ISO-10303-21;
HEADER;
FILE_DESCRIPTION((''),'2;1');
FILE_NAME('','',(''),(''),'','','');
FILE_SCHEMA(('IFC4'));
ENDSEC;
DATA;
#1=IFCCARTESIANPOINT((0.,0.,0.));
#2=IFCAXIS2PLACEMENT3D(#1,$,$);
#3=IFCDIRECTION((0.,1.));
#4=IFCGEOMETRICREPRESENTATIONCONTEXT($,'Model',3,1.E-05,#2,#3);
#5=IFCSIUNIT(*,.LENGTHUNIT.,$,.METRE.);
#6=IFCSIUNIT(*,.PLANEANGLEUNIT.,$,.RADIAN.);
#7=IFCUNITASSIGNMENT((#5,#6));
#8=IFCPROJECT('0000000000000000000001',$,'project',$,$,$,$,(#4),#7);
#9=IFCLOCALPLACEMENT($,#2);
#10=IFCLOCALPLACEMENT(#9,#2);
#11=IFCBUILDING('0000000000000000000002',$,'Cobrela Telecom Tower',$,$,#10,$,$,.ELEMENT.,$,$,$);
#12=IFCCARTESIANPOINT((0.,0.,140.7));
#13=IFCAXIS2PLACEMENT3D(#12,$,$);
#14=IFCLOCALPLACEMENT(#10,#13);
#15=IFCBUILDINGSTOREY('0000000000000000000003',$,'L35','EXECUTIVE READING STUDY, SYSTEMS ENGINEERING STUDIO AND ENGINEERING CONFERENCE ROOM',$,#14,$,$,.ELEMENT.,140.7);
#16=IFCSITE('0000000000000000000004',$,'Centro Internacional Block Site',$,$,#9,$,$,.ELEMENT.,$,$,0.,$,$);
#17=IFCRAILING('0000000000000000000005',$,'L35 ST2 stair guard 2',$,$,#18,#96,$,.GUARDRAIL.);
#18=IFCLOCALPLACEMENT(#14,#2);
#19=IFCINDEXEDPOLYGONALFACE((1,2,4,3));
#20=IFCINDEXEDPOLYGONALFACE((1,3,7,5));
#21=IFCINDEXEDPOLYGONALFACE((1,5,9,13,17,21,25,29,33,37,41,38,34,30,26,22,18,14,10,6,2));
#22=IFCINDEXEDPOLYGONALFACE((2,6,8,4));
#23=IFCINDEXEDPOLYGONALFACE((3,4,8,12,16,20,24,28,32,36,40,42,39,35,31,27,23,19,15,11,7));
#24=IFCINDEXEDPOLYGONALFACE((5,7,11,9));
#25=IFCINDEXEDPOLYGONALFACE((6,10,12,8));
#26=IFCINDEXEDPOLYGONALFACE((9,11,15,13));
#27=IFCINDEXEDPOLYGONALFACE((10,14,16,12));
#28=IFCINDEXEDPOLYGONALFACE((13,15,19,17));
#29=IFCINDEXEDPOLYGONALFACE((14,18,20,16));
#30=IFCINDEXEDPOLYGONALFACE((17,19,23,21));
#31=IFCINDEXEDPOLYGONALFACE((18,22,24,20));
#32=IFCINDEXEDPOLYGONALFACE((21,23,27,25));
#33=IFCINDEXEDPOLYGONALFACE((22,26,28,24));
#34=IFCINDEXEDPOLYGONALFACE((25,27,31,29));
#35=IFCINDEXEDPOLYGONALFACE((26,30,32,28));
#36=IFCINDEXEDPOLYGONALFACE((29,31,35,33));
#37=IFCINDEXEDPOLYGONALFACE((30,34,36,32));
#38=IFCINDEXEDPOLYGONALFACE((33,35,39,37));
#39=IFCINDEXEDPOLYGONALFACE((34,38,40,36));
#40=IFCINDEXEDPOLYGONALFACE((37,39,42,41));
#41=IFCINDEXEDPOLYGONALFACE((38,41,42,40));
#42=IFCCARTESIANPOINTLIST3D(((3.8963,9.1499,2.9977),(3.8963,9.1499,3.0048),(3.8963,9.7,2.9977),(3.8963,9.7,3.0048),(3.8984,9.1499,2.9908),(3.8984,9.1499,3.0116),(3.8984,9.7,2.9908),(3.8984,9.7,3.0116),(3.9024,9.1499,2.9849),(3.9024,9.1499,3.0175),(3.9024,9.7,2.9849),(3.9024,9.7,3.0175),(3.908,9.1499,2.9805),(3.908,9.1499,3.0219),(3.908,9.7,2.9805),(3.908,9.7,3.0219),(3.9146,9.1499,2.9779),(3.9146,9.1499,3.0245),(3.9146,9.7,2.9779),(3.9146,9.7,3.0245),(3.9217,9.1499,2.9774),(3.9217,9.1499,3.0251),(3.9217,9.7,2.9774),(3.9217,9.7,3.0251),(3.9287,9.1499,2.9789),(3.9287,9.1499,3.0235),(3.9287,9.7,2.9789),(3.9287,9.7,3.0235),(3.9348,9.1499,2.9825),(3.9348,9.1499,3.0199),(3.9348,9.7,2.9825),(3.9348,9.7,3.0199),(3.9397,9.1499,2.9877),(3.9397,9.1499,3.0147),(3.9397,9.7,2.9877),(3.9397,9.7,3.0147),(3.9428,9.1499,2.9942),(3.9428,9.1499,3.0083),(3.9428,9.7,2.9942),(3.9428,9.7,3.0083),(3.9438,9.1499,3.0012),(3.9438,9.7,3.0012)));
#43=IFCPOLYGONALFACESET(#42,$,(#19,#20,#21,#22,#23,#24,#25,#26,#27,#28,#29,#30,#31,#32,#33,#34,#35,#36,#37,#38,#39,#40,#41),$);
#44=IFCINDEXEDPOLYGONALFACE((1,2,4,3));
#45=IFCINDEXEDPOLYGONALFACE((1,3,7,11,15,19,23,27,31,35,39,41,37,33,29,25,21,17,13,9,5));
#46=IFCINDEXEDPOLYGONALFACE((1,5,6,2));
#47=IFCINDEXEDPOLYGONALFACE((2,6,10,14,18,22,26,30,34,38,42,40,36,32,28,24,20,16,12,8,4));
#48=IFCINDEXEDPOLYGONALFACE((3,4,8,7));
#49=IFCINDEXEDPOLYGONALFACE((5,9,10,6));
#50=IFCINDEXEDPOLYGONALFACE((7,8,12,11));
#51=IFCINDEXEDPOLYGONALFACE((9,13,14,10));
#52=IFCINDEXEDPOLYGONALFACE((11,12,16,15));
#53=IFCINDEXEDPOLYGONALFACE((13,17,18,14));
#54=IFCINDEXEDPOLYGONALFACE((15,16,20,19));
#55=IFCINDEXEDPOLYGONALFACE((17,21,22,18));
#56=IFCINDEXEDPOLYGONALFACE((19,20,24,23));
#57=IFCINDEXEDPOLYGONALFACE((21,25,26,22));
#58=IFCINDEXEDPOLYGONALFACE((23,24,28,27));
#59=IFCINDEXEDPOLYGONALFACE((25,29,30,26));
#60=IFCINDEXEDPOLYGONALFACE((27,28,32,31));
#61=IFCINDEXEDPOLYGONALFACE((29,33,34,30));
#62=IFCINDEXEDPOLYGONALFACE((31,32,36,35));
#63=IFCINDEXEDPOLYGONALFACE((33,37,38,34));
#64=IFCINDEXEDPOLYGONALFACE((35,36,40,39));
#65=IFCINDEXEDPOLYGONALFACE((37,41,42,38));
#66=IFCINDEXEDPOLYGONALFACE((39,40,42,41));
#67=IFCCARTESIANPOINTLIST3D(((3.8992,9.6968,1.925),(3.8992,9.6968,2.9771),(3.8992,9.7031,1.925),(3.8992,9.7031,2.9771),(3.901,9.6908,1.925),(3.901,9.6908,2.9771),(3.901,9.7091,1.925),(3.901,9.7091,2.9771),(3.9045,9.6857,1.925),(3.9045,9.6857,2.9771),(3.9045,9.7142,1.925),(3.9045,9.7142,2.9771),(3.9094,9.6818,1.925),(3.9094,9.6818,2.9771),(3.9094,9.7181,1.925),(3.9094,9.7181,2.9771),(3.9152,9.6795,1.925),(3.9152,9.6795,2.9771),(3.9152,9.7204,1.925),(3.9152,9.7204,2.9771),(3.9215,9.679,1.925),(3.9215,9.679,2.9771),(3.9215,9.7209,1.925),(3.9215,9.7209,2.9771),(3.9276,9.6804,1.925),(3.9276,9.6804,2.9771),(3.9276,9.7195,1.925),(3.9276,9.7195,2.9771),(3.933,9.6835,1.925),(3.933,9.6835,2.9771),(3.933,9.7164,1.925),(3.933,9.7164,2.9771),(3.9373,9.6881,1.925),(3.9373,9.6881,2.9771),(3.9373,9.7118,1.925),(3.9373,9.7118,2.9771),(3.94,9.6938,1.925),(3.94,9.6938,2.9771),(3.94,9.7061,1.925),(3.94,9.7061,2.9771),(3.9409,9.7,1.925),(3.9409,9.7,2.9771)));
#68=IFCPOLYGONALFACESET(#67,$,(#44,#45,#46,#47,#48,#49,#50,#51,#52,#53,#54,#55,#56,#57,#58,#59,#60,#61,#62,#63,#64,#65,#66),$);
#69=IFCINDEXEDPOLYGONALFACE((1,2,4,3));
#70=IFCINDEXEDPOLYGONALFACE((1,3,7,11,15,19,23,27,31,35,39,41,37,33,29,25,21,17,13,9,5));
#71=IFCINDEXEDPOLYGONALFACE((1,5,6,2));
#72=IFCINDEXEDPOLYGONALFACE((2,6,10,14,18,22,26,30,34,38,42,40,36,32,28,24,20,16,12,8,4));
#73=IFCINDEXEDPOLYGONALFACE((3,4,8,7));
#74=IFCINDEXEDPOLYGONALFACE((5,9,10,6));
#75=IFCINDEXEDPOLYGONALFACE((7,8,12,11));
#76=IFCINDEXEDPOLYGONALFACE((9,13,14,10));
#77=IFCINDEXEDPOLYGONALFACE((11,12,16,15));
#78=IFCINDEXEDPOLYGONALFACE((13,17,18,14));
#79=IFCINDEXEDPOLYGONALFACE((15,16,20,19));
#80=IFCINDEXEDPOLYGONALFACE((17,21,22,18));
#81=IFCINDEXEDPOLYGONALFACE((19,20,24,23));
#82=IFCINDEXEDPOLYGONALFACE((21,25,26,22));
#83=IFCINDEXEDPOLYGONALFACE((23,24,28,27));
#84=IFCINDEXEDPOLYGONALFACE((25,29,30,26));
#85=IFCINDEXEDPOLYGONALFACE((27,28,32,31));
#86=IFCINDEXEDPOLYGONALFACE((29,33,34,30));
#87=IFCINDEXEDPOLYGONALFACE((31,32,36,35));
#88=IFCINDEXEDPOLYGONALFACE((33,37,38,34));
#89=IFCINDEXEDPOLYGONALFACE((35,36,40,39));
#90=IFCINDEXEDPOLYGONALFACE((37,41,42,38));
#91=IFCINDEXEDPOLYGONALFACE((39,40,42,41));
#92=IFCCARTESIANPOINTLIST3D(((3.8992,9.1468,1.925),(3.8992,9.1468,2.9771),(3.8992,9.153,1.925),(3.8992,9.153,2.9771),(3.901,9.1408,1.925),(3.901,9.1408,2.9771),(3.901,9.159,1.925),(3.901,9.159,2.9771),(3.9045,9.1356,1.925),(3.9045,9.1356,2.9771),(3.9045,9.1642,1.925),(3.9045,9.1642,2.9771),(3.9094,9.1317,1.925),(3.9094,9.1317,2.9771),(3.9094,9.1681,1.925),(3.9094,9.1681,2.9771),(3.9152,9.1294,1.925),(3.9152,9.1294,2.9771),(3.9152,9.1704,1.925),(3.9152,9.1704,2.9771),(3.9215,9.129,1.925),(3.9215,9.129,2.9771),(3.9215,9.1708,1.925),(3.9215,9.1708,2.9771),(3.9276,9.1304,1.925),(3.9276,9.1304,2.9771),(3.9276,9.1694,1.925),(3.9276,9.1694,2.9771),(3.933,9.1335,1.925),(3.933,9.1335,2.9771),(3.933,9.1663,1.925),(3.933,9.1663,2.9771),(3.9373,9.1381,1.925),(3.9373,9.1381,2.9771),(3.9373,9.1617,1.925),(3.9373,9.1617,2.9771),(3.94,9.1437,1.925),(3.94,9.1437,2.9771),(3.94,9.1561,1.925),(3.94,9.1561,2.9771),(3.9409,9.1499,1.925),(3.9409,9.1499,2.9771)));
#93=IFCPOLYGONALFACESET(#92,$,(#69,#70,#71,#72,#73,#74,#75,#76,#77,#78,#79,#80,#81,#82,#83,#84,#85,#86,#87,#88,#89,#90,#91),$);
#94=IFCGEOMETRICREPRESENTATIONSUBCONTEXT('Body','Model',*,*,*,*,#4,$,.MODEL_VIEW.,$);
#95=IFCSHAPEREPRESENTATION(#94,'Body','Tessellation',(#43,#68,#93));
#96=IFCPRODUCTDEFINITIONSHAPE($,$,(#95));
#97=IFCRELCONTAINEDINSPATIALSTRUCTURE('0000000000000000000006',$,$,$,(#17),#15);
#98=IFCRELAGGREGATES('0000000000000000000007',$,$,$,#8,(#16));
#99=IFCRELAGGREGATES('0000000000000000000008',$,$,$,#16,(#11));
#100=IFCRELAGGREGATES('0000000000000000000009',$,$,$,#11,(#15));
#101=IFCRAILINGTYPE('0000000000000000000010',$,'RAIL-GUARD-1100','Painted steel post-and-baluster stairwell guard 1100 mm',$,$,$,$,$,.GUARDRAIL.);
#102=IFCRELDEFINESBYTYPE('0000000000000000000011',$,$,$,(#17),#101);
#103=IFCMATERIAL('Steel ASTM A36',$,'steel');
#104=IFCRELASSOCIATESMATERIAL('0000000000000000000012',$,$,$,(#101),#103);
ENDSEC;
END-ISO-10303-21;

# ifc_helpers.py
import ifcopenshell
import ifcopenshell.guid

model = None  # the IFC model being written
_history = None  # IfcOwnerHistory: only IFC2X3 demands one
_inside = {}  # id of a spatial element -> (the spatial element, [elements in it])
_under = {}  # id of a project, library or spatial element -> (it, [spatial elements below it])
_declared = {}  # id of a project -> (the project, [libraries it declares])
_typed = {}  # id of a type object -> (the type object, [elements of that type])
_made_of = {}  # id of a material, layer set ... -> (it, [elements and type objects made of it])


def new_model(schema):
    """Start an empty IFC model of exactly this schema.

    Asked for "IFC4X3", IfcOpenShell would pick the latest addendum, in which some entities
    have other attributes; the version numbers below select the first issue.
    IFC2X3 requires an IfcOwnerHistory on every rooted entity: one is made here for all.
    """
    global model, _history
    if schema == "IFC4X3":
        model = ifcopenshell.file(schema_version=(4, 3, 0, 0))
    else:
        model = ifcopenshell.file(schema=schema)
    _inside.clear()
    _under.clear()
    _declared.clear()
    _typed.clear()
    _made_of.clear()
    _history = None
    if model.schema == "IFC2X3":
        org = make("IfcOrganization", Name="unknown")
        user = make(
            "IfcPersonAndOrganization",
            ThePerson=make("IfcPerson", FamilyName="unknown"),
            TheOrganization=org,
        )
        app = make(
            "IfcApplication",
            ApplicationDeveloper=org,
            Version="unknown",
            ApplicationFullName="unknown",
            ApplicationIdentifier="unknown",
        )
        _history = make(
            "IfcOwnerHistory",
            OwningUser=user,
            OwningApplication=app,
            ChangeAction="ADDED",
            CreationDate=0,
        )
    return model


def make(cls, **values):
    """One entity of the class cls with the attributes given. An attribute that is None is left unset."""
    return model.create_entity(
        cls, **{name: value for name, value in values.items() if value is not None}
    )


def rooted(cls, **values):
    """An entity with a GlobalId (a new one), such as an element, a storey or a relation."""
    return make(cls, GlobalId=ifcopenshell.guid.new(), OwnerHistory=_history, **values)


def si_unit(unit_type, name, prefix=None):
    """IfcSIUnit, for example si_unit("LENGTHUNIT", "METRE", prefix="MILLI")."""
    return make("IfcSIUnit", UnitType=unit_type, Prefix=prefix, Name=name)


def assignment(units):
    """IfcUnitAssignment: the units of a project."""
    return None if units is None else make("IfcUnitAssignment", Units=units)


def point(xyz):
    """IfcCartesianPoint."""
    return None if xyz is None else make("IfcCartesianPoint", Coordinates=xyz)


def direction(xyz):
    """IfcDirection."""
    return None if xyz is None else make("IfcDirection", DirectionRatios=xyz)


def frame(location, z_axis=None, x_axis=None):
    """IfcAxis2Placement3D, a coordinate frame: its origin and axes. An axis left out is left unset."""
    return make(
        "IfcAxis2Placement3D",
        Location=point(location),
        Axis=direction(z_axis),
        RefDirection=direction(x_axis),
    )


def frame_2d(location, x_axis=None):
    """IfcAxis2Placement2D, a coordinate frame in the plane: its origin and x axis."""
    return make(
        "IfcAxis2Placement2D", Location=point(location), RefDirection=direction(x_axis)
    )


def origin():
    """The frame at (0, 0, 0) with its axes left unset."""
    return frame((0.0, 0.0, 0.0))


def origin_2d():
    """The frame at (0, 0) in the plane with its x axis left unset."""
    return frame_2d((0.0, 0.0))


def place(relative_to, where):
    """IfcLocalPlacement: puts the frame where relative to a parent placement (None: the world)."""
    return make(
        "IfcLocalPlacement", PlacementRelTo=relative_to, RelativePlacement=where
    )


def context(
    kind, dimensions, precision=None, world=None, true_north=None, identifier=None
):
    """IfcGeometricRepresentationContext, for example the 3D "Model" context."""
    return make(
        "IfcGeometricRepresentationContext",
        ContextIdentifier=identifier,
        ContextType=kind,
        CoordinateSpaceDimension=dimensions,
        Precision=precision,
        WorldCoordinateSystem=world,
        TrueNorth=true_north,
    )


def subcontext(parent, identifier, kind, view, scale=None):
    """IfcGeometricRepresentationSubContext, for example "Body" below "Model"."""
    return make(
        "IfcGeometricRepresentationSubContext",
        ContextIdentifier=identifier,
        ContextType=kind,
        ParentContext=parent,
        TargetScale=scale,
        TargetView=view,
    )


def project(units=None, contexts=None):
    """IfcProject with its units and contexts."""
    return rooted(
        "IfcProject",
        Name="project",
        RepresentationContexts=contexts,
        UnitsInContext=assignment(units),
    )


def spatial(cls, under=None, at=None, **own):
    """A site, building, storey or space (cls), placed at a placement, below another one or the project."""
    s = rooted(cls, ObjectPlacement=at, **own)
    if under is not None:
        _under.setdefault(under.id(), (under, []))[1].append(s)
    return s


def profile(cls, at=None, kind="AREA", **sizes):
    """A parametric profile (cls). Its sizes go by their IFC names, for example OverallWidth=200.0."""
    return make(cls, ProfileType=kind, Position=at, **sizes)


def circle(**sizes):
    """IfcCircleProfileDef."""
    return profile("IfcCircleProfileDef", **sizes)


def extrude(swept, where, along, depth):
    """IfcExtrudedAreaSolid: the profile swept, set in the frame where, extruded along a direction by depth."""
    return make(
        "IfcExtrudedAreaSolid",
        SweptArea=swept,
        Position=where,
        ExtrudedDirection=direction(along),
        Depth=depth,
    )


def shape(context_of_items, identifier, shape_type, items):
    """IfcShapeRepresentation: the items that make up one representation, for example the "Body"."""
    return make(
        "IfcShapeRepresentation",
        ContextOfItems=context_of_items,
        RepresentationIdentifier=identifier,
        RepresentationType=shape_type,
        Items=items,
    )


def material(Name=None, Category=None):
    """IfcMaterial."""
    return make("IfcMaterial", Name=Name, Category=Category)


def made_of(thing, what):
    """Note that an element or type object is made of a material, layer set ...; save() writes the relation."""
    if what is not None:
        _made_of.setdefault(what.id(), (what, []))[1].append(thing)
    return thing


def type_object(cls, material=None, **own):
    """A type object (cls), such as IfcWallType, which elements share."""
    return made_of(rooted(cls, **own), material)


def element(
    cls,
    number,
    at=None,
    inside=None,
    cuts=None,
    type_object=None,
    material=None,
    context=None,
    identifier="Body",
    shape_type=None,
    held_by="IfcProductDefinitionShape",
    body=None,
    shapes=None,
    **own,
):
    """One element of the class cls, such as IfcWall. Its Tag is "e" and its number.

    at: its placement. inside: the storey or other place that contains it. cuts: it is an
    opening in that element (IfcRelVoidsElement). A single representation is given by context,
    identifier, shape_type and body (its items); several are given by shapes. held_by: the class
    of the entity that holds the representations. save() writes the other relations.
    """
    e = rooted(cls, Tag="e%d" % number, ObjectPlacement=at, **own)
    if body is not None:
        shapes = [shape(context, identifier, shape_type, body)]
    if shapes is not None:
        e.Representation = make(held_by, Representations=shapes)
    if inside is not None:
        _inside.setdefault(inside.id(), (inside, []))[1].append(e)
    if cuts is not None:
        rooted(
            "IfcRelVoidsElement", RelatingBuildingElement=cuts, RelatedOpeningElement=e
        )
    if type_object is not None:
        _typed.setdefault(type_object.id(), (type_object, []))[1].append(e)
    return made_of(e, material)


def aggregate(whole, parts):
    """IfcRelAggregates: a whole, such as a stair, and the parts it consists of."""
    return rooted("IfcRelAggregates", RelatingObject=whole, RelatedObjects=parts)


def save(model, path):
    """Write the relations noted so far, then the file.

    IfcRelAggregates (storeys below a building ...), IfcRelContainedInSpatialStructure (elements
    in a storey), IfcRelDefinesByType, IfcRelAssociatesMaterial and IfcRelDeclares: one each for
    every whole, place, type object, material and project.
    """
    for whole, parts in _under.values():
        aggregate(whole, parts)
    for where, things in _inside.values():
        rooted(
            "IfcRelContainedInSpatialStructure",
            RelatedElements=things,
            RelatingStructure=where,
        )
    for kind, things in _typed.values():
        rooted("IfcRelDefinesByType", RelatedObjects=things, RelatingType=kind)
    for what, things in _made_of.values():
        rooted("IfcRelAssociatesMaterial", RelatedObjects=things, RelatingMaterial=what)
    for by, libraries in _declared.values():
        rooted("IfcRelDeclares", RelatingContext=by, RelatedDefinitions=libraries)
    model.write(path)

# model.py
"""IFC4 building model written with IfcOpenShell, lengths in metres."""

from ifc_helpers import new_model, si_unit, direction, frame, origin, origin_2d, place, context, subcontext, project, spatial, circle, extrude, material, type_object, element, save


model = new_model("IFC4")

# Units and contexts
model_context = context("Model", 3, precision=1e-05, world=origin(), true_north=direction((0.0, 1.0)))
body_context = subcontext(model_context, "Body", "Model", "MODEL_VIEW")
ifc_project = project(units=[si_unit("LENGTHUNIT", "METRE"), si_unit("PLANEANGLEUNIT", "RADIAN")], contexts=[model_context])

# Site, building, storey
site_placement = place(None, origin())
site = spatial("IfcSite", under=ifc_project, at=site_placement, Name="Centro Internacional Block Site", CompositionType="ELEMENT", RefElevation=0.0)
building_placement = place(site_placement, origin())
building = spatial("IfcBuilding", under=site, at=building_placement, Name="Cobrela Telecom Tower", CompositionType="ELEMENT")
storey_placement = place(building_placement, frame((0.0, 0.0, 140.7)))
storey = spatial("IfcBuildingStorey", under=building, at=storey_placement, Name="L35", Description="EXECUTIVE READING STUDY, SYSTEMS ENGINEERING STUDIO AND ENGINEERING CONFERENCE ROOM", CompositionType="ELEMENT", Elevation=140.7)

# Shared definitions
ifc_material_1 = material(Name="Steel ASTM A36", Category="steel")

# Railing
railing_type_1 = type_object("IfcRailingType", Name="RAIL-GUARD-1100", Description="Painted steel post-and-baluster stairwell guard 1100 mm", PredefinedType="GUARDRAIL", material=ifc_material_1)
railing_1_placement = place(storey_placement, frame((3.9199, 9.7, 1.925)))
element("IfcRailing", 1, at=railing_1_placement, inside=storey, type_object=railing_type_1, Name="L35 ST2 stair guard 2", PredefinedType="GUARDRAIL", context=body_context, shape_type="SweptSolid", body=[
    extrude(circle(Radius=0.0239, at=origin_2d()), frame((0.0, 0.0, 1.0762), z_axis=(0.0, -1.0, 0.0), x_axis=(1.0, 0.0, 0.0)), (0.0, 0.0, 1.0), 0.55),
    extrude(circle(Radius=0.021, at=origin_2d()), origin(), (0.0, 0.0, 1.0), 1.052),
    extrude(circle(Radius=0.021, at=origin_2d()), frame((0.0, -0.55, 0.0)), (0.0, 0.0, 1.0), 1.052),
])

save(model, "model.ifc")
